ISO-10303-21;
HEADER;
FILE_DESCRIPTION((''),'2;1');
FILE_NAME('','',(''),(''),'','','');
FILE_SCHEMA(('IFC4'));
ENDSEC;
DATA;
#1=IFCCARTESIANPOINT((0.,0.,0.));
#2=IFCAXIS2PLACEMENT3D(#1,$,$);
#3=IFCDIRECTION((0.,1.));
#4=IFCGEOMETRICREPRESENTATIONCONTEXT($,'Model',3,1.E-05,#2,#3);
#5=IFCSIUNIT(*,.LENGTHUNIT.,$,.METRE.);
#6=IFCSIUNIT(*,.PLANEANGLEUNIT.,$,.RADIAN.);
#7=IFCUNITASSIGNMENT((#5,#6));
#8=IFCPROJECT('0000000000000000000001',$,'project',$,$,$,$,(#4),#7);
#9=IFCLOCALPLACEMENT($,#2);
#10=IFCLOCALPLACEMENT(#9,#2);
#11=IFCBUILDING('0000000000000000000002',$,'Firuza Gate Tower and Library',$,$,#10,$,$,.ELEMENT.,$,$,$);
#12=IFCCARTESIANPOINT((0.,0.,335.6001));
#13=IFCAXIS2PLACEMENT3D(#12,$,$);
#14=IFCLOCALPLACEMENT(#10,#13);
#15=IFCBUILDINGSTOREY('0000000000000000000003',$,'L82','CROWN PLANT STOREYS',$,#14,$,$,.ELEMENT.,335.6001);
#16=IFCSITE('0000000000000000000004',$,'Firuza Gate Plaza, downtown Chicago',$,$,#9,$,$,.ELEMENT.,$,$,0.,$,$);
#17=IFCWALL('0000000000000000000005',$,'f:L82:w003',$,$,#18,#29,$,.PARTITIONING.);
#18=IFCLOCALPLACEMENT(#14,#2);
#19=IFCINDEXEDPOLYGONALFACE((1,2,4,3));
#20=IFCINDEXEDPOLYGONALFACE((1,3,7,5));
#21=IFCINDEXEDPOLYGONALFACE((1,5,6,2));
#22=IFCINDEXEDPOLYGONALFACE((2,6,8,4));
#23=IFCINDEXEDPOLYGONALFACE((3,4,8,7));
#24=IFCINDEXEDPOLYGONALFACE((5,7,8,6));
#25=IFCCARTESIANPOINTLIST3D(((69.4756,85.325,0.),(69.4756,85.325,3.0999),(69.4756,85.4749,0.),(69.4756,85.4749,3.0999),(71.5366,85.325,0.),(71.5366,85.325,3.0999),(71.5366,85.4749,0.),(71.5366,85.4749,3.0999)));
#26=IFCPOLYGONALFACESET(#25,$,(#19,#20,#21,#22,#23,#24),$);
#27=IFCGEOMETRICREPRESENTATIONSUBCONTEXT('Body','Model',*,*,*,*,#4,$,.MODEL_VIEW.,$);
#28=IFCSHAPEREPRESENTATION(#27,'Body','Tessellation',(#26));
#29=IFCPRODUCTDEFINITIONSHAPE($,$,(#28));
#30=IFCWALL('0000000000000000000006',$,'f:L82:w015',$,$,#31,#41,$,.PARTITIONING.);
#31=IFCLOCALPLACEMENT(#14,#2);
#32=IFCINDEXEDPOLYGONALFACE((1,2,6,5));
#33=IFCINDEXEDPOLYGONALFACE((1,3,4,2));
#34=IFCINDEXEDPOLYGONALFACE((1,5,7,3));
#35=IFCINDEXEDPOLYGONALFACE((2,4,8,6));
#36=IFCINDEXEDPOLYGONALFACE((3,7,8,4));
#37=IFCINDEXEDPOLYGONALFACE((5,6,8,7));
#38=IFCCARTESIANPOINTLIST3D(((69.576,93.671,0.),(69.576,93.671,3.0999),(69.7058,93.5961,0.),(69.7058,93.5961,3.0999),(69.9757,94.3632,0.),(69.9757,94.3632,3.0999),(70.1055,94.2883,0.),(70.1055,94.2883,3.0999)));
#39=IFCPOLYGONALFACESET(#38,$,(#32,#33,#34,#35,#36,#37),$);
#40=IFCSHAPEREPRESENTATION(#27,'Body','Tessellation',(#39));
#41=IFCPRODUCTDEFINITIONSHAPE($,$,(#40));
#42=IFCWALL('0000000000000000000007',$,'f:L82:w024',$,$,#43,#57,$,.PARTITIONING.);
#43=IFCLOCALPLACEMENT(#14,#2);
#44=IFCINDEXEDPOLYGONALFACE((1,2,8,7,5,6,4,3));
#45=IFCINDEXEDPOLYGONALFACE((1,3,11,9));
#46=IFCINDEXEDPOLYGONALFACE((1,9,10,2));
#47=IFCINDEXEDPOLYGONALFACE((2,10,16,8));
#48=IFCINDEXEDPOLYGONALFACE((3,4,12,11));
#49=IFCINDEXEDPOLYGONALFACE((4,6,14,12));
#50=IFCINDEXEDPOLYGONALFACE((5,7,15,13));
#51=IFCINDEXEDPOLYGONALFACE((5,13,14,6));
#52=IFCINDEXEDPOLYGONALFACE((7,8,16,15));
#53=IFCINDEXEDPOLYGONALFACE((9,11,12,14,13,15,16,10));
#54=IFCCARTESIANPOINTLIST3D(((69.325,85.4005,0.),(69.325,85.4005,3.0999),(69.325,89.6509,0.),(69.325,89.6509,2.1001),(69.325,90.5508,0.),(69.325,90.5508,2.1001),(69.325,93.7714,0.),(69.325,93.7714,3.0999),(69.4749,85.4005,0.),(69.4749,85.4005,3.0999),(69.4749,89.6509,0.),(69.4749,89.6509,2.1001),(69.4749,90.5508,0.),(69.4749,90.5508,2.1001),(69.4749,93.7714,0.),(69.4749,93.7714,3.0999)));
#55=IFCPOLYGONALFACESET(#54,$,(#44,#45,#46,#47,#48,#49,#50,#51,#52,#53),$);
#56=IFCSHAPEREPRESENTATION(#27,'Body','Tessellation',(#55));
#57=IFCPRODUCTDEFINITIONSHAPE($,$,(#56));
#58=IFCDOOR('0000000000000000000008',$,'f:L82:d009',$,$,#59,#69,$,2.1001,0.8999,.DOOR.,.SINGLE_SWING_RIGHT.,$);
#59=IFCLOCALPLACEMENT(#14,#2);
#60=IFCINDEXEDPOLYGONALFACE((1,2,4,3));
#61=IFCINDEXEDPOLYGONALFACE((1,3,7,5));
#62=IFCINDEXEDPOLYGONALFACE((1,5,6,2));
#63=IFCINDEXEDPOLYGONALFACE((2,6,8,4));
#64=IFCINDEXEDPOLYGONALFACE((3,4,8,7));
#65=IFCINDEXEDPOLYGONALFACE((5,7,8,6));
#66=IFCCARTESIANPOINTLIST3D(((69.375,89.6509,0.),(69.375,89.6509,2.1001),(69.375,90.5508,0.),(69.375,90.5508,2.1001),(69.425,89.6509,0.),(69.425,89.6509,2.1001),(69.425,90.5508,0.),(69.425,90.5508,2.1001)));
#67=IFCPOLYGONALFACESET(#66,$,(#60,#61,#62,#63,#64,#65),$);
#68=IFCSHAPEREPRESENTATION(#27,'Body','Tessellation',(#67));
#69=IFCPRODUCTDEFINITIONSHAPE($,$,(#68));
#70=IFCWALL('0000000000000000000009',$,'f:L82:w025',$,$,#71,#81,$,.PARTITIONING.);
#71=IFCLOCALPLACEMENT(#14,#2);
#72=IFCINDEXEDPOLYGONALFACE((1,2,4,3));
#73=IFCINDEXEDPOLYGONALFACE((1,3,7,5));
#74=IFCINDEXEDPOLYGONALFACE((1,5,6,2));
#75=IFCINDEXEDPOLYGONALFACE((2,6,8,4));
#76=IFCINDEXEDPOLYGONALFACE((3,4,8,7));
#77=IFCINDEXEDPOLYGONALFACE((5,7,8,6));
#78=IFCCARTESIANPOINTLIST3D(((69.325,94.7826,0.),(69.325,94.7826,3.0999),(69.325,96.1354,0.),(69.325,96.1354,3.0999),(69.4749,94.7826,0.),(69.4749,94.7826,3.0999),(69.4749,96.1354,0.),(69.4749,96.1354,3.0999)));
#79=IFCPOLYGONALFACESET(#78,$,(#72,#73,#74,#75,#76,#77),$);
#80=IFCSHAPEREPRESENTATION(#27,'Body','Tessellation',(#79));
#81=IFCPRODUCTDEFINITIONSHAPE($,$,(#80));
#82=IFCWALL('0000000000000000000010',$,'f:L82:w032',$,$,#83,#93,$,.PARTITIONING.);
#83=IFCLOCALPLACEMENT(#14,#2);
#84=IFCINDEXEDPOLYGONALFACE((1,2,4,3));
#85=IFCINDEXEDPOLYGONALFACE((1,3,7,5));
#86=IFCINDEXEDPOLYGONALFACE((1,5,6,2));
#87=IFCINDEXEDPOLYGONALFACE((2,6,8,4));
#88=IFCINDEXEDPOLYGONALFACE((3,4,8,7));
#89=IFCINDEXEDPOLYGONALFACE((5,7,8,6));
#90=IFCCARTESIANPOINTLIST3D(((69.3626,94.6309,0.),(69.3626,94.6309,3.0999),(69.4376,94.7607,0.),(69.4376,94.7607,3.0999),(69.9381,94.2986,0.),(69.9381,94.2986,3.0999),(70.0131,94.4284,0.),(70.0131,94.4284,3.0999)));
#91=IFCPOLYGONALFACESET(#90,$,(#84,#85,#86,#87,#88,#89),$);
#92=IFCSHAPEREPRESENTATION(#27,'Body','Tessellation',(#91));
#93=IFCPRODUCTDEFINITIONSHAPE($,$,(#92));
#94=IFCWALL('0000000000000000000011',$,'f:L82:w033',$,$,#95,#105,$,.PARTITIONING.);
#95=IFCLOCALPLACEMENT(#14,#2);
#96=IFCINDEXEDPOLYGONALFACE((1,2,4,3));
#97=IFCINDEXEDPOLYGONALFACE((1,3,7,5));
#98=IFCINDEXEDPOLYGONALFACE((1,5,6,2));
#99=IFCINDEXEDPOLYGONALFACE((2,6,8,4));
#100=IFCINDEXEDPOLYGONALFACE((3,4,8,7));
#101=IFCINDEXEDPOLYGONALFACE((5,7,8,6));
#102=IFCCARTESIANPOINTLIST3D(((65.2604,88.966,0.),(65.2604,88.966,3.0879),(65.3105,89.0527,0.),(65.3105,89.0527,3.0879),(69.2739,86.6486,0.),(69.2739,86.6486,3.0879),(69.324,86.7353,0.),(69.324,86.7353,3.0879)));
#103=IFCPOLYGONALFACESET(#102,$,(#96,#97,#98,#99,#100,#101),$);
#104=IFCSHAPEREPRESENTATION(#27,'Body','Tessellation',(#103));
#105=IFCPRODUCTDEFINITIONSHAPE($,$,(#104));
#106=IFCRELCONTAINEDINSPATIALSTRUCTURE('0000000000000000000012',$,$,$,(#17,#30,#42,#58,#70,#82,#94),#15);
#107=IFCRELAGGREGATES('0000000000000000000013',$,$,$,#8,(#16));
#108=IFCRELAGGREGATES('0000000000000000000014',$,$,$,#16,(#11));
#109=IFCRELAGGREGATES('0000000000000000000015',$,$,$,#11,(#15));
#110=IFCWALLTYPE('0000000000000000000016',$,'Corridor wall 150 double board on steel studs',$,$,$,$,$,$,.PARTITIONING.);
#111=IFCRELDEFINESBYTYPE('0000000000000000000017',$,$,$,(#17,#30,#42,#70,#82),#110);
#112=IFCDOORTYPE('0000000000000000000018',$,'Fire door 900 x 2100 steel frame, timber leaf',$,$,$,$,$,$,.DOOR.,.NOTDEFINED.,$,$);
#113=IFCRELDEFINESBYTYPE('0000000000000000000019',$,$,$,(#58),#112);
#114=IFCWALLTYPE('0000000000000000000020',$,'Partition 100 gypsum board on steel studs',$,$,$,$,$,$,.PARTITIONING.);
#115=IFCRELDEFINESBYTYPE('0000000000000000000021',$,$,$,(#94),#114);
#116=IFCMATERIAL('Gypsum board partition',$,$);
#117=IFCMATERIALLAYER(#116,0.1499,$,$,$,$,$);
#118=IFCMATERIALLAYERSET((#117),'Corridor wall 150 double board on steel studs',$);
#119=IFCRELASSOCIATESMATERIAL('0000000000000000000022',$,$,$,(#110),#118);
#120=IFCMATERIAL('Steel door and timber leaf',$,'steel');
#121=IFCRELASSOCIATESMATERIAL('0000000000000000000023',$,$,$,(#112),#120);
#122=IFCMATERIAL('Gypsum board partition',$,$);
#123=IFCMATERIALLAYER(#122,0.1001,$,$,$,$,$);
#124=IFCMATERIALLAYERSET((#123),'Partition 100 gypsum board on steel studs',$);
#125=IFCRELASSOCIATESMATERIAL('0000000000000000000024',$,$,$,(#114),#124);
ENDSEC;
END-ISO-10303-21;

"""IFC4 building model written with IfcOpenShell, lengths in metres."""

from ifc_helpers import new_model, si_unit, direction, frame, frame_2d, origin, place, context, subcontext, project, spatial, rectangle, extrude, material, layer, layer_set, type_object, element, fill, save


model = new_model("IFC4")

# Units and contexts
model_context = context("Model", 3, precision=1e-05, world=origin(), true_north=direction((0.0, 1.0)))
body_context = subcontext(model_context, "Body", "Model", "MODEL_VIEW")
ifc_project = project(units=[si_unit("LENGTHUNIT", "METRE"), si_unit("PLANEANGLEUNIT", "RADIAN")], contexts=[model_context])

# Site, building, storey
site_placement = place(None, origin())
site = spatial("IfcSite", under=ifc_project, at=site_placement, Name="Firuza Gate Plaza, downtown Chicago", CompositionType="ELEMENT", RefElevation=0.0)
building_placement = place(site_placement, origin())
building = spatial("IfcBuilding", under=site, at=building_placement, Name="Firuza Gate Tower and Library", CompositionType="ELEMENT")
storey_placement = place(building_placement, frame((0.0, 0.0, 335.6001)))
storey = spatial("IfcBuildingStorey", under=building, at=storey_placement, Name="L82", Description="CROWN PLANT STOREYS", CompositionType="ELEMENT", Elevation=335.6001)

# Walls
ifc_material_1 = material(Name="Gypsum board partition")
ifc_layer_1 = layer(ifc_material_1, 0.1499)
ifc_layer_set_1 = layer_set([ifc_layer_1], Name="Corridor wall 150 double board on steel studs")
wall_type_1 = type_object("IfcWallType", Name="Corridor wall 150 double board on steel studs", PredefinedType="PARTITIONING", material=ifc_layer_set_1)
wall_1_placement = place(storey_placement, frame((69.4756, 85.3999, 0.0), z_axis=(0.0, 0.0, 1.0), x_axis=(1.0, 0.0, 0.0)))
element("IfcWall", 1, at=wall_1_placement, inside=storey, type_object=wall_type_1, Name="f:L82:w003", PredefinedType="PARTITIONING", context=body_context, shape_type="SweptSolid", body=[
    extrude(rectangle(XDim=2.061, YDim=0.1499, at=frame_2d((1.0305, 0.0))), origin(), (0.0, 0.0, 1.0), 3.0999),
])
wall_2_placement = place(storey_placement, frame((69.6409, 93.6335, 0.0), z_axis=(0.0, 0.0, 1.0), x_axis=(0.500049, 0.865997, 0.0)))
element("IfcWall", 2, at=wall_2_placement, inside=storey, type_object=wall_type_1, Name="f:L82:w015", PredefinedType="PARTITIONING", context=body_context, shape_type="SweptSolid", body=[
    extrude(rectangle(XDim=0.7993, YDim=0.1499, at=frame_2d((0.3997, 0.0))), origin(), (0.0, 0.0, 1.0), 3.0999),
])

# Wall, opening, door
wall_3_placement = place(storey_placement, frame((69.3999, 85.4004, 0.0), z_axis=(0.0, 0.0, 1.0), x_axis=(0.0, 1.0, 0.0)))
wall_3 = element("IfcWall", 3, at=wall_3_placement, inside=storey, type_object=wall_type_1, Name="f:L82:w024", PredefinedType="PARTITIONING", context=body_context, shape_type="SweptSolid", body=[
    extrude(rectangle(XDim=8.3708, YDim=0.1499, at=frame_2d((4.1855, 0.0))), origin(), (0.0, 0.0, 1.0), 3.0999),
])
opening_1_placement = place(wall_3_placement, frame((4.2505, 0.0, 0.0)))
opening_1 = element("IfcOpeningElement", 4, at=opening_1_placement, cuts=wall_3, PredefinedType="OPENING", context=body_context, shape_type="SweptSolid", body=[
    extrude(rectangle(XDim=0.8999, YDim=2.1001, at=frame_2d((0.45, 1.05))), frame((0.0, 0.085, 0.0), z_axis=(0.0, -1.0, 0.0), x_axis=(1.0, 0.0, 0.0)), (0.0, 0.0, 1.0), 0.1699),
])
ifc_material_2 = material(Name="Steel door and timber leaf", Category="steel")
door_type_1 = type_object("IfcDoorType", Name="Fire door 900 x 2100 steel frame, timber leaf", OperationType="NOTDEFINED", PredefinedType="DOOR", material=ifc_material_2)
door_1_placement = place(opening_1_placement, origin())
door_1 = element("IfcDoor", 5, at=door_1_placement, inside=storey, type_object=door_type_1, Name="f:L82:d009", OperationType="SINGLE_SWING_RIGHT", OverallHeight=2.1001, OverallWidth=0.8999, PredefinedType="DOOR", context=body_context, shape_type="SweptSolid", body=[
    extrude(rectangle(XDim=0.8999, YDim=2.1001, at=frame_2d((0.45, 1.05))), frame((0.0, 0.0249, 0.0), z_axis=(0.0, -1.0, 0.0), x_axis=(1.0, 0.0, 0.0)), (0.0, 0.0, 1.0), 0.05),
])
fill(opening_1, door_1)

# Walls
wall_4_placement = place(storey_placement, frame((69.3999, 94.7827, 0.0), z_axis=(0.0, 0.0, 1.0), x_axis=(0.0, 1.0, 0.0)))
element("IfcWall", 6, at=wall_4_placement, inside=storey, type_object=wall_type_1, Name="f:L82:w025", PredefinedType="PARTITIONING", context=body_context, shape_type="SweptSolid", body=[
    extrude(rectangle(XDim=1.3528, YDim=0.1499, at=frame_2d((0.6763, 0.0))), origin(), (0.0, 0.0, 1.0), 3.0999),
])
wall_5_placement = place(storey_placement, frame((69.9756, 94.3635, 0.0), z_axis=(0.0, 0.0, 1.0), x_axis=(-0.865996, 0.500051, 0.0)))
element("IfcWall", 7, at=wall_5_placement, inside=storey, type_object=wall_type_1, Name="f:L82:w032", PredefinedType="PARTITIONING", context=body_context, shape_type="SweptSolid", body=[
    extrude(rectangle(XDim=0.6646, YDim=0.1499, at=frame_2d((0.3323, 0.0))), origin(), (0.0, 0.0, 1.0), 3.0999),
])
ifc_material_3 = material(Name="Gypsum board partition")
ifc_layer_2 = layer(ifc_material_3, 0.1001)
ifc_layer_set_2 = layer_set([ifc_layer_2], Name="Partition 100 gypsum board on steel studs")
wall_type_2 = type_object("IfcWallType", Name="Partition 100 gypsum board on steel studs", PredefinedType="PARTITIONING", material=ifc_layer_set_2)
wall_6_placement = place(storey_placement, frame((69.2991, 86.6919, 0.0), z_axis=(0.0, 0.0, 1.0), x_axis=(-0.866004, 0.500037, 0.0)))
element("IfcWall", 8, at=wall_6_placement, inside=storey, type_object=wall_type_2, Name="f:L82:w033", PredefinedType="PARTITIONING", context=body_context, shape_type="SweptSolid", body=[
    extrude(rectangle(XDim=4.6345, YDim=0.1001, at=frame_2d((2.3174, 0.0))), origin(), (0.0, 0.0, 1.0), 3.0879),
])

save(model, "model.ifc")
